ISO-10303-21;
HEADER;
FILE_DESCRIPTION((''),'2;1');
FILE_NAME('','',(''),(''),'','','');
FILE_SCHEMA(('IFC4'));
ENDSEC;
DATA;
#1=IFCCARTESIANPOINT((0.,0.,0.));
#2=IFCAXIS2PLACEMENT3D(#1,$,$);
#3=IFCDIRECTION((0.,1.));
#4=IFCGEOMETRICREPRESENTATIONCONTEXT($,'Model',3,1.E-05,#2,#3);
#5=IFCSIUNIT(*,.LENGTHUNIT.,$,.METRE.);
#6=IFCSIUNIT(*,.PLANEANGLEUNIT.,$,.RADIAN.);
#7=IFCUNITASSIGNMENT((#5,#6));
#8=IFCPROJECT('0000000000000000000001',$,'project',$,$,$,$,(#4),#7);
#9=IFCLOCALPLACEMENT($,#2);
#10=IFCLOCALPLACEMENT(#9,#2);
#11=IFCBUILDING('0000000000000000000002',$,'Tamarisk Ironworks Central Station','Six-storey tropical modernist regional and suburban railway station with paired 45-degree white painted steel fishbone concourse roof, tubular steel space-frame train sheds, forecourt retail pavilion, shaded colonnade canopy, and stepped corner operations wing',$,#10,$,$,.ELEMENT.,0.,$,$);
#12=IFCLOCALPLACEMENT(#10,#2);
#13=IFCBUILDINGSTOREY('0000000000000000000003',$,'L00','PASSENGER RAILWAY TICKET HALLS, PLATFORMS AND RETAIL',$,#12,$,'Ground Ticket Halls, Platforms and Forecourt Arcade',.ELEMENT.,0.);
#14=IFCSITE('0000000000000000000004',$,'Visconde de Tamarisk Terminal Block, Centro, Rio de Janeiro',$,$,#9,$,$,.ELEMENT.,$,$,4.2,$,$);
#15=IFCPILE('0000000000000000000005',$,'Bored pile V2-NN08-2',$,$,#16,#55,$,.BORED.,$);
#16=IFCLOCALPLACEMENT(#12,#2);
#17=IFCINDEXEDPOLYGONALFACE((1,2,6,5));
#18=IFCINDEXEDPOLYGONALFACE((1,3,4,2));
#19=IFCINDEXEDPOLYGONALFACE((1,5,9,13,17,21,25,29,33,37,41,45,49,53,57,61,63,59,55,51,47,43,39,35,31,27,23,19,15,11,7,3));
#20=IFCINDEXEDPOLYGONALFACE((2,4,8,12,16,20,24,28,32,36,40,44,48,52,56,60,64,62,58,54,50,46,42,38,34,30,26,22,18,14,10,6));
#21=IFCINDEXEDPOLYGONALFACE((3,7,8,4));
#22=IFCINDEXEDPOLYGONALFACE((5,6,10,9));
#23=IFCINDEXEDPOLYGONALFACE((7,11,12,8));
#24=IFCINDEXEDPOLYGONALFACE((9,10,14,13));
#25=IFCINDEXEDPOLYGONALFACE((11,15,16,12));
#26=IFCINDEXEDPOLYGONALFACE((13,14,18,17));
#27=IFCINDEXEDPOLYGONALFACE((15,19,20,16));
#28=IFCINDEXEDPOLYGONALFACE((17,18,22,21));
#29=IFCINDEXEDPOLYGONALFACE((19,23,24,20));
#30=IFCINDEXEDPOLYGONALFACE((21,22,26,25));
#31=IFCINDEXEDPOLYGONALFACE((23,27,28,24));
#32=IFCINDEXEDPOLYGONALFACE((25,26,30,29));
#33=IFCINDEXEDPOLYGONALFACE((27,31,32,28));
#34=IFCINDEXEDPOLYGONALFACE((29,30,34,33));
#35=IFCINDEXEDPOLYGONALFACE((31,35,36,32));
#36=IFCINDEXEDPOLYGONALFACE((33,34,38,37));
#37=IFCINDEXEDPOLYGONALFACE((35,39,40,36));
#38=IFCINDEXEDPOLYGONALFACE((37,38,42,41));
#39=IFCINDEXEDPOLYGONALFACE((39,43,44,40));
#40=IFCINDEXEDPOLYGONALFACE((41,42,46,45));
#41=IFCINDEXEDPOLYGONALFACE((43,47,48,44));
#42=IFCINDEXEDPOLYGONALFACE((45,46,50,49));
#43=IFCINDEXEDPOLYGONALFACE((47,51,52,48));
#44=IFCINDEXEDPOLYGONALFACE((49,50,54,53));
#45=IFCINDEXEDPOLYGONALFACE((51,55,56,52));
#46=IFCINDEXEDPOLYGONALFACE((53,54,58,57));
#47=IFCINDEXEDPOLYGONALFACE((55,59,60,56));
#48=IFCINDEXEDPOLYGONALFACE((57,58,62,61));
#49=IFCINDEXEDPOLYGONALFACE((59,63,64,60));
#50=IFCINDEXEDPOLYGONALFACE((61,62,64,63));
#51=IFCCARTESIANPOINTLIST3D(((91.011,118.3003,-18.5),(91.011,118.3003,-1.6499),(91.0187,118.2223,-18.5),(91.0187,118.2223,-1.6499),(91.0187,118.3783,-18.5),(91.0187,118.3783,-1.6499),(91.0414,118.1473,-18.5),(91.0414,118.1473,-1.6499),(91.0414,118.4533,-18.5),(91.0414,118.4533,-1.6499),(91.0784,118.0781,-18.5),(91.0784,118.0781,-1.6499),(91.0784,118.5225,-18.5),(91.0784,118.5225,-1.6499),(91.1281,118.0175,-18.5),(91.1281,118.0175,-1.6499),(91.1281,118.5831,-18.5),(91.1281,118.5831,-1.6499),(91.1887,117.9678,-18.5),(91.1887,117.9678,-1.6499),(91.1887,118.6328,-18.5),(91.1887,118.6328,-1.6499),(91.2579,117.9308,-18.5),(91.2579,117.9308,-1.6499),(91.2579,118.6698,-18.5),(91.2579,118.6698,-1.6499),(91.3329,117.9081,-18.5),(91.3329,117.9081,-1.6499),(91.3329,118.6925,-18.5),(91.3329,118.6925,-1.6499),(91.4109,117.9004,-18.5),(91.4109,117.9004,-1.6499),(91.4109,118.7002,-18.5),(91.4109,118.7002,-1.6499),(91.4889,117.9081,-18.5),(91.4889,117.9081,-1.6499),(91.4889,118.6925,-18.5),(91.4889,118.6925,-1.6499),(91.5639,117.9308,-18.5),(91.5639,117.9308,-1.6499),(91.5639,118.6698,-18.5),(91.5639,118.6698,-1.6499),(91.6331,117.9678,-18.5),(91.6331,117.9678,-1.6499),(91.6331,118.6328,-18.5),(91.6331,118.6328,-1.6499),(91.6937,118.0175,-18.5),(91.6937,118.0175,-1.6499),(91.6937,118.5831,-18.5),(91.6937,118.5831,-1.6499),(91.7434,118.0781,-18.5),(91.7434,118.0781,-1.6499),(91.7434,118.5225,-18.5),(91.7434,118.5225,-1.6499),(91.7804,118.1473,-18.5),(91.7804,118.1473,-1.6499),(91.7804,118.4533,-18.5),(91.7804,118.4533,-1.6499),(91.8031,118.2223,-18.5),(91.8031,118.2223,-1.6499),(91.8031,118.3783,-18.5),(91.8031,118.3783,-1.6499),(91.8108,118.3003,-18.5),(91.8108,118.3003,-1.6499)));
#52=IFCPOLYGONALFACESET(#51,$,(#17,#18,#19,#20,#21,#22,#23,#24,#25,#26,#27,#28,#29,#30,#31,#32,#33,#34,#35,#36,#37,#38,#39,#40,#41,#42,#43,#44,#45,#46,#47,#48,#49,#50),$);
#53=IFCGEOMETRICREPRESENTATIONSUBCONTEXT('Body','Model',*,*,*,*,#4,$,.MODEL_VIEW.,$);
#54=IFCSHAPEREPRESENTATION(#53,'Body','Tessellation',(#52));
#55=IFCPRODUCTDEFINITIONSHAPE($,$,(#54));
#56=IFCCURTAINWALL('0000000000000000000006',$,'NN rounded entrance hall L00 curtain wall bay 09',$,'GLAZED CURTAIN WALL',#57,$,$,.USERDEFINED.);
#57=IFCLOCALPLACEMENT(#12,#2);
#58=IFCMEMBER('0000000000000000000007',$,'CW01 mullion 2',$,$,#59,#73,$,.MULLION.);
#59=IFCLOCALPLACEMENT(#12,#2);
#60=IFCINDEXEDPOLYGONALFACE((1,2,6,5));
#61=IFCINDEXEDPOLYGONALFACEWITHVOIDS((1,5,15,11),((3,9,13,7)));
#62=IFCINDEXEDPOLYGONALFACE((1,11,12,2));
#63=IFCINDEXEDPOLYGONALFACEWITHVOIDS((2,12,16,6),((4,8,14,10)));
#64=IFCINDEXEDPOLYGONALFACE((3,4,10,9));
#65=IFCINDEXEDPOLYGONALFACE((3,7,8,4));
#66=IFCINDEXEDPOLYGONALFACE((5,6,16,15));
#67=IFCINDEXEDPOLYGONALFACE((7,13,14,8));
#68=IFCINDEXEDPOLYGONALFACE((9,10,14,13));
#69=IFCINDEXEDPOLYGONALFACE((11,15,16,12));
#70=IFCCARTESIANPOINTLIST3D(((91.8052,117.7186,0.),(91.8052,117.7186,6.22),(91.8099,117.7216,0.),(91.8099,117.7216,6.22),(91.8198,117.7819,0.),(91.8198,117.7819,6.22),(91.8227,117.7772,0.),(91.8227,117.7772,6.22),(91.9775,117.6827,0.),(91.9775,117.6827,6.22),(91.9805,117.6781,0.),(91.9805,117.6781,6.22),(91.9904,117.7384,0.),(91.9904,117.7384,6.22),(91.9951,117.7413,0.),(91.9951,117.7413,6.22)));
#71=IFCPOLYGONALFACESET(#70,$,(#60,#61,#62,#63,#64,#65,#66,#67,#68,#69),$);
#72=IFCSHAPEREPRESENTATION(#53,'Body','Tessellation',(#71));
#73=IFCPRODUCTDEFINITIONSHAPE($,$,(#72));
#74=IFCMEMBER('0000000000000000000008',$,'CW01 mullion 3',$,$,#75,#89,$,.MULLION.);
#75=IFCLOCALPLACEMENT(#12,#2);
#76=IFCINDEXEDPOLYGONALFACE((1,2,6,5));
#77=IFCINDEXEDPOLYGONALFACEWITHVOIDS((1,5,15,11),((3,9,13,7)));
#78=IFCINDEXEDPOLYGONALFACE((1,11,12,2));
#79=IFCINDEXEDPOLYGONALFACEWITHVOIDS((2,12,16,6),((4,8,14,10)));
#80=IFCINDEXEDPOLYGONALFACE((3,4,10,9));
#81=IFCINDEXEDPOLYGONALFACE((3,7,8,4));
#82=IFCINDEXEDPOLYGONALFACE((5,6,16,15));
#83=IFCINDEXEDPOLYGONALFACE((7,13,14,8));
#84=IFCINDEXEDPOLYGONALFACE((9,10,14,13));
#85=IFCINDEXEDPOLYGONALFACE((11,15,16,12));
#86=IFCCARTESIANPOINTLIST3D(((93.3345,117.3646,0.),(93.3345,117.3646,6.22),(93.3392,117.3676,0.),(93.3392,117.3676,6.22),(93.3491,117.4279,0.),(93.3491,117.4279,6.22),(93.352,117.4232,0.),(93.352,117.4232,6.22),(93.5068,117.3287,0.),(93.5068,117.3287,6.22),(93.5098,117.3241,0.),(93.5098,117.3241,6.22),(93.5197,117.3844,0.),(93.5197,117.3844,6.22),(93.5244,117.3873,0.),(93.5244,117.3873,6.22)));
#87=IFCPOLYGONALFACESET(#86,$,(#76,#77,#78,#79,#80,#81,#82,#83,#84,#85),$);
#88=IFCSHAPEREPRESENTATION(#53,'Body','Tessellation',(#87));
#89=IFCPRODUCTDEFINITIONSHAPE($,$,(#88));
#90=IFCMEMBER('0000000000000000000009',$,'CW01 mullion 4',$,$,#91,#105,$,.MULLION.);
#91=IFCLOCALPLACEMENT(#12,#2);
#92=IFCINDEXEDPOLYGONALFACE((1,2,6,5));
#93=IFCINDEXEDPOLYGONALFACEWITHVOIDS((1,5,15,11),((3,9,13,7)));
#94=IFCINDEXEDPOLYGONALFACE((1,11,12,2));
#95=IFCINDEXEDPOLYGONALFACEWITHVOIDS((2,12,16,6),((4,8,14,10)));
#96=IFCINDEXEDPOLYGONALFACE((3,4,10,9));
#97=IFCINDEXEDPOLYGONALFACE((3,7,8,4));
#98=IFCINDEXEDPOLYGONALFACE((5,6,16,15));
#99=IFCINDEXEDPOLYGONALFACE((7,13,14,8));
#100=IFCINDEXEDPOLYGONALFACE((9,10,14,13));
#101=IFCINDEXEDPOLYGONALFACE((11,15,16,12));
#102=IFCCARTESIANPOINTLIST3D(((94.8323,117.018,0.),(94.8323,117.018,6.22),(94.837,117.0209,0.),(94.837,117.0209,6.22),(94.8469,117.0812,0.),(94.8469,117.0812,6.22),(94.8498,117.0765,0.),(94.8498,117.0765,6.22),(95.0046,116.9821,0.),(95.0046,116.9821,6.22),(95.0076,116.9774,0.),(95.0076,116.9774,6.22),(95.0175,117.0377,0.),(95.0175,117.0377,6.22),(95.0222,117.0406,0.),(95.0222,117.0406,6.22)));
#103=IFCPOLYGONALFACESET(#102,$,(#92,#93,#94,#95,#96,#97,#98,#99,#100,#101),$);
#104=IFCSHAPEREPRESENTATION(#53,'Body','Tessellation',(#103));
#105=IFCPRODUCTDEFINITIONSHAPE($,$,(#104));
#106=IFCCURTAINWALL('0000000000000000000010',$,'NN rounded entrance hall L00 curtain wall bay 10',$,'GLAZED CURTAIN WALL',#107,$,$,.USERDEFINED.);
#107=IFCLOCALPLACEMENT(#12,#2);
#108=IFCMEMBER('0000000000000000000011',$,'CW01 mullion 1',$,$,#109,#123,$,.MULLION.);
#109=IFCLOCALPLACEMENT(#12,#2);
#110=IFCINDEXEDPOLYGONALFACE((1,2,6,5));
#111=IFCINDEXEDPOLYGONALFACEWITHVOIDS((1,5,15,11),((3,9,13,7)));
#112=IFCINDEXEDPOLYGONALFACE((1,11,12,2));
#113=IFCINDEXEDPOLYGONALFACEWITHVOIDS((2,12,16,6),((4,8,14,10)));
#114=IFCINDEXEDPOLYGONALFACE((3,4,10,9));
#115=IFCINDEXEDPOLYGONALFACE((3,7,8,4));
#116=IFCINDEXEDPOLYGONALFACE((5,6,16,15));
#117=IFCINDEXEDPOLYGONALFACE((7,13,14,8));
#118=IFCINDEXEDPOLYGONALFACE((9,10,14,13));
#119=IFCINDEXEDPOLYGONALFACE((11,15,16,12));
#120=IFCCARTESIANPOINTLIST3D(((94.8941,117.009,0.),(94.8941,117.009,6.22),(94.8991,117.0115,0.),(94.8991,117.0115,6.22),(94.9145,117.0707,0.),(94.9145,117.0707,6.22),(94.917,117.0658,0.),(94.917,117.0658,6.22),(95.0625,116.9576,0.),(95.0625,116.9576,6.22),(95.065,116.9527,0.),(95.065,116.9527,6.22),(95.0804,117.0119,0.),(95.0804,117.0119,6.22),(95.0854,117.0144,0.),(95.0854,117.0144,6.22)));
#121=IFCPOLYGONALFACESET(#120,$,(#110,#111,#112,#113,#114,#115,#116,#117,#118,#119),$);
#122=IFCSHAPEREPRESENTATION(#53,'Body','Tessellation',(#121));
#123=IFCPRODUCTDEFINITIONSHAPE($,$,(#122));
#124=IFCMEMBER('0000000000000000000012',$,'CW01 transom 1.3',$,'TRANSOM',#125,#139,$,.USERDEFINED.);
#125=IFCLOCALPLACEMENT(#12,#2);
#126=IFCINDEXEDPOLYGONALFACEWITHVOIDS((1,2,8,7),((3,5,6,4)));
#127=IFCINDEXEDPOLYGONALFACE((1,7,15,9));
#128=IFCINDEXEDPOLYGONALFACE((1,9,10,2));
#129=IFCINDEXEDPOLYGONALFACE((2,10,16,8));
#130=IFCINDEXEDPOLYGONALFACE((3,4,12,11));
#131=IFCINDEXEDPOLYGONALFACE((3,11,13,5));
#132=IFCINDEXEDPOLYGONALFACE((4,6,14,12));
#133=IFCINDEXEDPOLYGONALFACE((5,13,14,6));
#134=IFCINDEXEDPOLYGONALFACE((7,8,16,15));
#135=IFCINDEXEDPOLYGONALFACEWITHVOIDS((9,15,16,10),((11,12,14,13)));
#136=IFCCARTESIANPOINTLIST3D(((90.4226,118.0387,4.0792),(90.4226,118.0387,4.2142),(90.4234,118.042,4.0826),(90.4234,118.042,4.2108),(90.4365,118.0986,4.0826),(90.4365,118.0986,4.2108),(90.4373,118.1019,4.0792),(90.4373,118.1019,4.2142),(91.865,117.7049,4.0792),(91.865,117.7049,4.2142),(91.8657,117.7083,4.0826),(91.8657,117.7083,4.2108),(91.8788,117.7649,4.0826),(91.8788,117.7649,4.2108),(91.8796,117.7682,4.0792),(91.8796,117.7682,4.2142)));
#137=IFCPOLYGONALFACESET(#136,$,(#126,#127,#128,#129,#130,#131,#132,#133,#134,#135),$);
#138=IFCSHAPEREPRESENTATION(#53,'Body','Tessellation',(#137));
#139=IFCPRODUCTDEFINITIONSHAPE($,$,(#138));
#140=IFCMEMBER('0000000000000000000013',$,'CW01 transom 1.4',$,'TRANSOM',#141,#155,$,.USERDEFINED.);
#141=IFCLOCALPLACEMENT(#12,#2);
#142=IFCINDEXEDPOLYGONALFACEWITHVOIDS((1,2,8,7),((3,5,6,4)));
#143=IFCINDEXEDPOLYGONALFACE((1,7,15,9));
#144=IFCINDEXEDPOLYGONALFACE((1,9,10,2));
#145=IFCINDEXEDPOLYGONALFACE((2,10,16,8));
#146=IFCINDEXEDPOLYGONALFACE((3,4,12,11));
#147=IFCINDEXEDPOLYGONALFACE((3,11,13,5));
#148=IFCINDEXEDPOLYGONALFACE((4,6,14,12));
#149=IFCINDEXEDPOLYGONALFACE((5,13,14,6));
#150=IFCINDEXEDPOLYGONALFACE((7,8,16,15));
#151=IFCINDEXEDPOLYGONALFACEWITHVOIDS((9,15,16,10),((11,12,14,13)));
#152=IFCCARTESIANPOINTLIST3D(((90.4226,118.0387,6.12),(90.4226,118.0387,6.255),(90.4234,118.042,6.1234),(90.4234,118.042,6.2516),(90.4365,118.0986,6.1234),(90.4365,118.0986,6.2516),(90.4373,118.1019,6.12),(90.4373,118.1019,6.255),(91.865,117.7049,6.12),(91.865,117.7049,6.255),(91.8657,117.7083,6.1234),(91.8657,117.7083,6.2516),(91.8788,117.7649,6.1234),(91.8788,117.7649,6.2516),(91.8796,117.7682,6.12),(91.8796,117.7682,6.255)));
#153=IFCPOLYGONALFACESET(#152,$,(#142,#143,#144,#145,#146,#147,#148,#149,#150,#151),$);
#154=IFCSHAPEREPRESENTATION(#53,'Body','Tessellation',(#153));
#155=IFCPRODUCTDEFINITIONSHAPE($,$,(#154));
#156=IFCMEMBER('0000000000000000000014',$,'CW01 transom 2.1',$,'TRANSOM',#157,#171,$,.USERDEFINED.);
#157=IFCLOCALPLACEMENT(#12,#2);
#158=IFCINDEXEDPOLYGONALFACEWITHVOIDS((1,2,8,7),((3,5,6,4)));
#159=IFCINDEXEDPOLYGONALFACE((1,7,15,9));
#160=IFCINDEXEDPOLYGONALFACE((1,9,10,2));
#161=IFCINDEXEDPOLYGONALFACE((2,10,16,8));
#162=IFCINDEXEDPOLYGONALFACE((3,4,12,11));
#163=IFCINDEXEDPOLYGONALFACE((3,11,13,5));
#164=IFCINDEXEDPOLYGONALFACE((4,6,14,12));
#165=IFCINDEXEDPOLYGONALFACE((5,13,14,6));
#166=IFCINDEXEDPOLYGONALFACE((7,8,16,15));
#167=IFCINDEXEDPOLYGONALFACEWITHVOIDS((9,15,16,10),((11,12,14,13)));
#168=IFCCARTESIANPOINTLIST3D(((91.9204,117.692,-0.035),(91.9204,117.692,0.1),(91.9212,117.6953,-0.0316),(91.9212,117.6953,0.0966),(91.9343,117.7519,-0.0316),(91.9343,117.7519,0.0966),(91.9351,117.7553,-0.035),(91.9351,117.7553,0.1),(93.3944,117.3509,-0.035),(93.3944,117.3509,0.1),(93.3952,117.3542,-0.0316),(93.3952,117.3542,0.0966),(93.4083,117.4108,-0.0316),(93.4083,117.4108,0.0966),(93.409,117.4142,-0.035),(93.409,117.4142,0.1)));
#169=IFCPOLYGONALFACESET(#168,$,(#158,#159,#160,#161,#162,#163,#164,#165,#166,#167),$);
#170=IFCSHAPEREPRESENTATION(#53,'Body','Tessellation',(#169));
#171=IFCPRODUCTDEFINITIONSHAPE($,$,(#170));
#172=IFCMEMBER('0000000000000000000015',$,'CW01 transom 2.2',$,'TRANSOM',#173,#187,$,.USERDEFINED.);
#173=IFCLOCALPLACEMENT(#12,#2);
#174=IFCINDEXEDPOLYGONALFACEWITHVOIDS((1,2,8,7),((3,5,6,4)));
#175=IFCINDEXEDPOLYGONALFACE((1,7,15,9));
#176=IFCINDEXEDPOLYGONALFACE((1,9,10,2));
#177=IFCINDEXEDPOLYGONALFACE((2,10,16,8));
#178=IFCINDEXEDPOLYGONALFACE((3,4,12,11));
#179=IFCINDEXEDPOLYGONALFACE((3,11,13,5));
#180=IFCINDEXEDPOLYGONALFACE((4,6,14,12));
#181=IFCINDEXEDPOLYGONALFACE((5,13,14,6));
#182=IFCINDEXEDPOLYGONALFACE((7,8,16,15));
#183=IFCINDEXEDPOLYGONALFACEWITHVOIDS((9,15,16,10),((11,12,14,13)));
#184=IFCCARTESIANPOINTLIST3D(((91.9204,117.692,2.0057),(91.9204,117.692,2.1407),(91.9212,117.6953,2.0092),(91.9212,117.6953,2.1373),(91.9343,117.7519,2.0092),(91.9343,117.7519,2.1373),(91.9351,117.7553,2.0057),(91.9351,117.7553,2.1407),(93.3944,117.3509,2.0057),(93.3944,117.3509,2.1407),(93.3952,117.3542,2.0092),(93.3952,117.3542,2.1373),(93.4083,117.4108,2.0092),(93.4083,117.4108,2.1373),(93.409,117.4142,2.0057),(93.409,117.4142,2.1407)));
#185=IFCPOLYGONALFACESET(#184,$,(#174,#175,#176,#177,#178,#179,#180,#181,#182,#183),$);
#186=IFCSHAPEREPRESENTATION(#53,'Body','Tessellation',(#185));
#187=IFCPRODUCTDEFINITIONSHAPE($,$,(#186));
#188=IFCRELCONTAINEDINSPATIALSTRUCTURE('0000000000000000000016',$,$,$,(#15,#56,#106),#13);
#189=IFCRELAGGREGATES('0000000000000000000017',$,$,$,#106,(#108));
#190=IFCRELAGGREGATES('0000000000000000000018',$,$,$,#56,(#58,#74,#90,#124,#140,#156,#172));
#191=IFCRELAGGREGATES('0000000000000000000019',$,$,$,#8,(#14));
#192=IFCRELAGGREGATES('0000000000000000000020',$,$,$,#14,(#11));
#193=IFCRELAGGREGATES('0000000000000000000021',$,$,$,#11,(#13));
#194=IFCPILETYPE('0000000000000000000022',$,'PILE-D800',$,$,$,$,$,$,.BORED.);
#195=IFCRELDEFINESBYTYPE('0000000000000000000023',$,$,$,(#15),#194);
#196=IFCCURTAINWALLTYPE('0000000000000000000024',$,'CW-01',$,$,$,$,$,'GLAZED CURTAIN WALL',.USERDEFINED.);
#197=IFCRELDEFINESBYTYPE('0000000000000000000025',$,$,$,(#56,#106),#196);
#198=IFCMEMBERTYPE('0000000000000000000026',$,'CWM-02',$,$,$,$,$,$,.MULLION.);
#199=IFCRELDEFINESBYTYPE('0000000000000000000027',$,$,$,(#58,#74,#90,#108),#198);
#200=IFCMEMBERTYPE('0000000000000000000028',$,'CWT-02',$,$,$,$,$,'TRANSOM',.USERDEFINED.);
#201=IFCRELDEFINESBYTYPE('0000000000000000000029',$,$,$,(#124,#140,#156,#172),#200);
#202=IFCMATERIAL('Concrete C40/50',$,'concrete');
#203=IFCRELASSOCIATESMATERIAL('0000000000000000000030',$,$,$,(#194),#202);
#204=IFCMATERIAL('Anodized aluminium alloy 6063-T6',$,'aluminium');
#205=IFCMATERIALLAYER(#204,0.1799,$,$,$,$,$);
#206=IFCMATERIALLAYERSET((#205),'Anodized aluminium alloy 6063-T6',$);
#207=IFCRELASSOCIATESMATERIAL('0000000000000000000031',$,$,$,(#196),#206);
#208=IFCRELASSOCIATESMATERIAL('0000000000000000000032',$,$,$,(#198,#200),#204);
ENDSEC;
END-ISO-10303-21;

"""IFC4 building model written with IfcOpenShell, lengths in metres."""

from ifc_helpers import new_model, si_unit, direction, frame, origin, origin_2d, place, context, subcontext, project, spatial, hollow_rectangle, circle, extrude, material, layer, layer_set, material_profile, profile_set, type_object, element, aggregate, save


model = new_model("IFC4")

# Units and contexts
model_context = context("Model", 3, precision=1e-05, world=origin(), true_north=direction((0.0, 1.0)))
body_context = subcontext(model_context, "Body", "Model", "MODEL_VIEW")
ifc_project = project(units=[si_unit("LENGTHUNIT", "METRE"), si_unit("PLANEANGLEUNIT", "RADIAN")], contexts=[model_context])

# Site, building, storey
site_placement = place(None, origin())
site = spatial("IfcSite", under=ifc_project, at=site_placement, Name="Visconde de Tamarisk Terminal Block, Centro, Rio de Janeiro", CompositionType="ELEMENT", RefElevation=4.2)
building_placement = place(site_placement, origin())
building = spatial("IfcBuilding", under=site, at=building_placement, Name="Tamarisk Ironworks Central Station", Description="Six-storey tropical modernist regional and suburban railway station with paired 45-degree white painted steel fishbone concourse roof, tubular steel space-frame train sheds, forecourt retail pavilion, shaded colonnade canopy, and stepped corner operations wing", CompositionType="ELEMENT", ElevationOfRefHeight=0.0)
storey_placement = place(building_placement, origin())
storey = spatial("IfcBuildingStorey", under=building, at=storey_placement, Name="L00", Description="PASSENGER RAILWAY TICKET HALLS, PLATFORMS AND RETAIL", LongName="Ground Ticket Halls, Platforms and Forecourt Arcade", CompositionType="ELEMENT", Elevation=0.0)

# Pile
ifc_material_1 = material(Name="Concrete C40/50", Category="concrete")
ifc_material_profile_1 = material_profile(ifc_material_1, circle(Radius=0.3999, at=origin_2d()), Name="BORED PILE D800")
ifc_profile_set_1 = profile_set([ifc_material_profile_1], Name="Concrete C40/50")
pile_type = type_object("IfcPileType", Name="PILE-D800", PredefinedType="BORED", material=ifc_profile_set_1)
pile_placement = place(storey_placement, frame((91.4109, 118.3003, -1.6499), z_axis=(0.0, 0.0, -1.0), x_axis=(1.0, 0.0, 0.0)))
element("IfcPile", 1, at=pile_placement, inside=storey, type_object=pile_type, Name="Bored pile V2-NN08-2", PredefinedType="BORED", context=body_context, shape_type="SweptSolid", body=[
    extrude(circle(Radius=0.3999, at=origin_2d()), origin(), (0.0, 0.0, 1.0), 16.8501),
])

# Curtain wall, members
ifc_material_2 = material(Name="Anodized aluminium alloy 6063-T6", Category="aluminium")
ifc_layer_1 = layer(ifc_material_2, 0.1799)
ifc_layer_set_1 = layer_set([ifc_layer_1], Name="Anodized aluminium alloy 6063-T6")
curtain_wall_type = type_object("IfcCurtainWallType", Name="CW-01", ElementType="GLAZED CURTAIN WALL", PredefinedType="USERDEFINED", material=ifc_layer_set_1)
curtain_wall_1_placement = place(storey_placement, origin())
curtain_wall_1 = element("IfcCurtainWall", 2, at=curtain_wall_1_placement, inside=storey, type_object=curtain_wall_type, Name="NN rounded entrance hall L00 curtain wall bay 09", ObjectType="GLAZED CURTAIN WALL", PredefinedType="USERDEFINED")
ifc_material_profile_2 = material_profile(ifc_material_2, hollow_rectangle(XDim=0.0649, YDim=0.1799, WallThickness=0.0039, at=origin_2d()), Name="ALUM 180x65")
ifc_profile_set_2 = profile_set([ifc_material_profile_2], Name="Anodized aluminium alloy 6063-T6")
member_type_1 = type_object("IfcMemberType", Name="CWM-02", PredefinedType="MULLION", material=ifc_profile_set_2)
member_1_placement = place(storey_placement, frame((91.9001, 117.73, 0.0), z_axis=(0.0, 0.0, 1.0), x_axis=(0.225517, 0.974239, 0.0)))
member_1 = element("IfcMember", 3, at=member_1_placement, type_object=member_type_1, Name="CW01 mullion 2", PredefinedType="MULLION", context=body_context, shape_type="SweptSolid", body=[
    extrude(hollow_rectangle(XDim=0.0649, YDim=0.1799, WallThickness=0.0039, at=origin_2d()), origin(), (0.0, 0.0, 1.0), 6.22),
])
member_2_placement = place(storey_placement, frame((93.4294, 117.376, 0.0), z_axis=(0.0, 0.0, 1.0), x_axis=(0.225517, 0.974239, 0.0)))
member_2 = element("IfcMember", 4, at=member_2_placement, type_object=member_type_1, Name="CW01 mullion 3", PredefinedType="MULLION", context=body_context, shape_type="SweptSolid", body=[
    extrude(hollow_rectangle(XDim=0.0649, YDim=0.1799, WallThickness=0.0039, at=origin_2d()), origin(), (0.0, 0.0, 1.0), 6.22),
])
member_3_placement = place(storey_placement, frame((94.9272, 117.0293, 0.0), z_axis=(0.0, 0.0, 1.0), x_axis=(0.225517, 0.974239, 0.0)))
member_3 = element("IfcMember", 5, at=member_3_placement, type_object=member_type_1, Name="CW01 mullion 4", PredefinedType="MULLION", context=body_context, shape_type="SweptSolid", body=[
    extrude(hollow_rectangle(XDim=0.0649, YDim=0.1799, WallThickness=0.0039, at=origin_2d()), origin(), (0.0, 0.0, 1.0), 6.22),
])

# Curtain wall, member
curtain_wall_2_placement = place(storey_placement, origin())
curtain_wall_2 = element("IfcCurtainWall", 6, at=curtain_wall_2_placement, inside=storey, type_object=curtain_wall_type, Name="NN rounded entrance hall L00 curtain wall bay 10", ObjectType="GLAZED CURTAIN WALL", PredefinedType="USERDEFINED")
member_4_placement = place(storey_placement, frame((94.9897, 117.0117, 0.0), z_axis=(0.0, 0.0, 1.0), x_axis=(0.313098, 0.949721, 0.0)))
member_4 = element("IfcMember", 7, at=member_4_placement, type_object=member_type_1, Name="CW01 mullion 1", PredefinedType="MULLION", context=body_context, shape_type="SweptSolid", body=[
    extrude(hollow_rectangle(XDim=0.0649, YDim=0.1799, WallThickness=0.0039, at=origin_2d()), origin(), (0.0, 0.0, 1.0), 6.22),
])
aggregate(curtain_wall_2, [member_4])

# Members
ifc_material_profile_3 = material_profile(ifc_material_2, hollow_rectangle(XDim=0.0649, YDim=0.135, WallThickness=0.0034, at=origin_2d()), Name="ALUM 135x65")
ifc_profile_set_3 = profile_set([ifc_material_profile_3], Name="Anodized aluminium alloy 6063-T6")
member_type_2 = type_object("IfcMemberType", Name="CWT-02", ElementType="TRANSOM", PredefinedType="USERDEFINED", material=ifc_profile_set_3)
member_5_placement = place(storey_placement, frame((90.4299, 118.0703, 4.1467), z_axis=(0.97426, -0.225426, 0.0), x_axis=(0.225426, 0.97426, 0.0)))
member_5 = element("IfcMember", 8, at=member_5_placement, type_object=member_type_2, Name="CW01 transom 1.3", ObjectType="TRANSOM", PredefinedType="USERDEFINED", context=body_context, shape_type="SweptSolid", body=[
    extrude(hollow_rectangle(XDim=0.0649, YDim=0.135, WallThickness=0.0034, at=origin_2d()), origin(), (0.0, 0.0, 1.0), 1.4805),
])
member_6_placement = place(storey_placement, frame((90.4299, 118.0703, 6.1875), z_axis=(0.97426, -0.225426, 0.0), x_axis=(0.225426, 0.97426, 0.0)))
member_6 = element("IfcMember", 9, at=member_6_placement, type_object=member_type_2, Name="CW01 transom 1.4", ObjectType="TRANSOM", PredefinedType="USERDEFINED", context=body_context, shape_type="SweptSolid", body=[
    extrude(hollow_rectangle(XDim=0.0649, YDim=0.135, WallThickness=0.0034, at=origin_2d()), origin(), (0.0, 0.0, 1.0), 1.4805),
])
member_7_placement = place(storey_placement, frame((91.9277, 117.7236, 0.0325), z_axis=(0.974255, -0.225449, 0.0), x_axis=(0.225449, 0.974255, 0.0)))
member_7 = element("IfcMember", 10, at=member_7_placement, type_object=member_type_2, Name="CW01 transom 2.1", ObjectType="TRANSOM", PredefinedType="USERDEFINED", context=body_context, shape_type="SweptSolid", body=[
    extrude(hollow_rectangle(XDim=0.0649, YDim=0.135, WallThickness=0.0034, at=origin_2d()), origin(), (0.0, 0.0, 1.0), 1.5129),
])
member_8_placement = place(storey_placement, frame((91.9277, 117.7236, 2.0732), z_axis=(0.974255, -0.225449, 0.0), x_axis=(0.225449, 0.974255, 0.0)))
member_8 = element("IfcMember", 11, at=member_8_placement, type_object=member_type_2, Name="CW01 transom 2.2", ObjectType="TRANSOM", PredefinedType="USERDEFINED", context=body_context, shape_type="SweptSolid", body=[
    extrude(hollow_rectangle(XDim=0.0649, YDim=0.135, WallThickness=0.0034, at=origin_2d()), origin(), (0.0, 0.0, 1.0), 1.5129),
])

aggregate(curtain_wall_1, [member_1, member_2, member_3, member_5, member_6, member_7, member_8])

save(model, "model.ifc")
